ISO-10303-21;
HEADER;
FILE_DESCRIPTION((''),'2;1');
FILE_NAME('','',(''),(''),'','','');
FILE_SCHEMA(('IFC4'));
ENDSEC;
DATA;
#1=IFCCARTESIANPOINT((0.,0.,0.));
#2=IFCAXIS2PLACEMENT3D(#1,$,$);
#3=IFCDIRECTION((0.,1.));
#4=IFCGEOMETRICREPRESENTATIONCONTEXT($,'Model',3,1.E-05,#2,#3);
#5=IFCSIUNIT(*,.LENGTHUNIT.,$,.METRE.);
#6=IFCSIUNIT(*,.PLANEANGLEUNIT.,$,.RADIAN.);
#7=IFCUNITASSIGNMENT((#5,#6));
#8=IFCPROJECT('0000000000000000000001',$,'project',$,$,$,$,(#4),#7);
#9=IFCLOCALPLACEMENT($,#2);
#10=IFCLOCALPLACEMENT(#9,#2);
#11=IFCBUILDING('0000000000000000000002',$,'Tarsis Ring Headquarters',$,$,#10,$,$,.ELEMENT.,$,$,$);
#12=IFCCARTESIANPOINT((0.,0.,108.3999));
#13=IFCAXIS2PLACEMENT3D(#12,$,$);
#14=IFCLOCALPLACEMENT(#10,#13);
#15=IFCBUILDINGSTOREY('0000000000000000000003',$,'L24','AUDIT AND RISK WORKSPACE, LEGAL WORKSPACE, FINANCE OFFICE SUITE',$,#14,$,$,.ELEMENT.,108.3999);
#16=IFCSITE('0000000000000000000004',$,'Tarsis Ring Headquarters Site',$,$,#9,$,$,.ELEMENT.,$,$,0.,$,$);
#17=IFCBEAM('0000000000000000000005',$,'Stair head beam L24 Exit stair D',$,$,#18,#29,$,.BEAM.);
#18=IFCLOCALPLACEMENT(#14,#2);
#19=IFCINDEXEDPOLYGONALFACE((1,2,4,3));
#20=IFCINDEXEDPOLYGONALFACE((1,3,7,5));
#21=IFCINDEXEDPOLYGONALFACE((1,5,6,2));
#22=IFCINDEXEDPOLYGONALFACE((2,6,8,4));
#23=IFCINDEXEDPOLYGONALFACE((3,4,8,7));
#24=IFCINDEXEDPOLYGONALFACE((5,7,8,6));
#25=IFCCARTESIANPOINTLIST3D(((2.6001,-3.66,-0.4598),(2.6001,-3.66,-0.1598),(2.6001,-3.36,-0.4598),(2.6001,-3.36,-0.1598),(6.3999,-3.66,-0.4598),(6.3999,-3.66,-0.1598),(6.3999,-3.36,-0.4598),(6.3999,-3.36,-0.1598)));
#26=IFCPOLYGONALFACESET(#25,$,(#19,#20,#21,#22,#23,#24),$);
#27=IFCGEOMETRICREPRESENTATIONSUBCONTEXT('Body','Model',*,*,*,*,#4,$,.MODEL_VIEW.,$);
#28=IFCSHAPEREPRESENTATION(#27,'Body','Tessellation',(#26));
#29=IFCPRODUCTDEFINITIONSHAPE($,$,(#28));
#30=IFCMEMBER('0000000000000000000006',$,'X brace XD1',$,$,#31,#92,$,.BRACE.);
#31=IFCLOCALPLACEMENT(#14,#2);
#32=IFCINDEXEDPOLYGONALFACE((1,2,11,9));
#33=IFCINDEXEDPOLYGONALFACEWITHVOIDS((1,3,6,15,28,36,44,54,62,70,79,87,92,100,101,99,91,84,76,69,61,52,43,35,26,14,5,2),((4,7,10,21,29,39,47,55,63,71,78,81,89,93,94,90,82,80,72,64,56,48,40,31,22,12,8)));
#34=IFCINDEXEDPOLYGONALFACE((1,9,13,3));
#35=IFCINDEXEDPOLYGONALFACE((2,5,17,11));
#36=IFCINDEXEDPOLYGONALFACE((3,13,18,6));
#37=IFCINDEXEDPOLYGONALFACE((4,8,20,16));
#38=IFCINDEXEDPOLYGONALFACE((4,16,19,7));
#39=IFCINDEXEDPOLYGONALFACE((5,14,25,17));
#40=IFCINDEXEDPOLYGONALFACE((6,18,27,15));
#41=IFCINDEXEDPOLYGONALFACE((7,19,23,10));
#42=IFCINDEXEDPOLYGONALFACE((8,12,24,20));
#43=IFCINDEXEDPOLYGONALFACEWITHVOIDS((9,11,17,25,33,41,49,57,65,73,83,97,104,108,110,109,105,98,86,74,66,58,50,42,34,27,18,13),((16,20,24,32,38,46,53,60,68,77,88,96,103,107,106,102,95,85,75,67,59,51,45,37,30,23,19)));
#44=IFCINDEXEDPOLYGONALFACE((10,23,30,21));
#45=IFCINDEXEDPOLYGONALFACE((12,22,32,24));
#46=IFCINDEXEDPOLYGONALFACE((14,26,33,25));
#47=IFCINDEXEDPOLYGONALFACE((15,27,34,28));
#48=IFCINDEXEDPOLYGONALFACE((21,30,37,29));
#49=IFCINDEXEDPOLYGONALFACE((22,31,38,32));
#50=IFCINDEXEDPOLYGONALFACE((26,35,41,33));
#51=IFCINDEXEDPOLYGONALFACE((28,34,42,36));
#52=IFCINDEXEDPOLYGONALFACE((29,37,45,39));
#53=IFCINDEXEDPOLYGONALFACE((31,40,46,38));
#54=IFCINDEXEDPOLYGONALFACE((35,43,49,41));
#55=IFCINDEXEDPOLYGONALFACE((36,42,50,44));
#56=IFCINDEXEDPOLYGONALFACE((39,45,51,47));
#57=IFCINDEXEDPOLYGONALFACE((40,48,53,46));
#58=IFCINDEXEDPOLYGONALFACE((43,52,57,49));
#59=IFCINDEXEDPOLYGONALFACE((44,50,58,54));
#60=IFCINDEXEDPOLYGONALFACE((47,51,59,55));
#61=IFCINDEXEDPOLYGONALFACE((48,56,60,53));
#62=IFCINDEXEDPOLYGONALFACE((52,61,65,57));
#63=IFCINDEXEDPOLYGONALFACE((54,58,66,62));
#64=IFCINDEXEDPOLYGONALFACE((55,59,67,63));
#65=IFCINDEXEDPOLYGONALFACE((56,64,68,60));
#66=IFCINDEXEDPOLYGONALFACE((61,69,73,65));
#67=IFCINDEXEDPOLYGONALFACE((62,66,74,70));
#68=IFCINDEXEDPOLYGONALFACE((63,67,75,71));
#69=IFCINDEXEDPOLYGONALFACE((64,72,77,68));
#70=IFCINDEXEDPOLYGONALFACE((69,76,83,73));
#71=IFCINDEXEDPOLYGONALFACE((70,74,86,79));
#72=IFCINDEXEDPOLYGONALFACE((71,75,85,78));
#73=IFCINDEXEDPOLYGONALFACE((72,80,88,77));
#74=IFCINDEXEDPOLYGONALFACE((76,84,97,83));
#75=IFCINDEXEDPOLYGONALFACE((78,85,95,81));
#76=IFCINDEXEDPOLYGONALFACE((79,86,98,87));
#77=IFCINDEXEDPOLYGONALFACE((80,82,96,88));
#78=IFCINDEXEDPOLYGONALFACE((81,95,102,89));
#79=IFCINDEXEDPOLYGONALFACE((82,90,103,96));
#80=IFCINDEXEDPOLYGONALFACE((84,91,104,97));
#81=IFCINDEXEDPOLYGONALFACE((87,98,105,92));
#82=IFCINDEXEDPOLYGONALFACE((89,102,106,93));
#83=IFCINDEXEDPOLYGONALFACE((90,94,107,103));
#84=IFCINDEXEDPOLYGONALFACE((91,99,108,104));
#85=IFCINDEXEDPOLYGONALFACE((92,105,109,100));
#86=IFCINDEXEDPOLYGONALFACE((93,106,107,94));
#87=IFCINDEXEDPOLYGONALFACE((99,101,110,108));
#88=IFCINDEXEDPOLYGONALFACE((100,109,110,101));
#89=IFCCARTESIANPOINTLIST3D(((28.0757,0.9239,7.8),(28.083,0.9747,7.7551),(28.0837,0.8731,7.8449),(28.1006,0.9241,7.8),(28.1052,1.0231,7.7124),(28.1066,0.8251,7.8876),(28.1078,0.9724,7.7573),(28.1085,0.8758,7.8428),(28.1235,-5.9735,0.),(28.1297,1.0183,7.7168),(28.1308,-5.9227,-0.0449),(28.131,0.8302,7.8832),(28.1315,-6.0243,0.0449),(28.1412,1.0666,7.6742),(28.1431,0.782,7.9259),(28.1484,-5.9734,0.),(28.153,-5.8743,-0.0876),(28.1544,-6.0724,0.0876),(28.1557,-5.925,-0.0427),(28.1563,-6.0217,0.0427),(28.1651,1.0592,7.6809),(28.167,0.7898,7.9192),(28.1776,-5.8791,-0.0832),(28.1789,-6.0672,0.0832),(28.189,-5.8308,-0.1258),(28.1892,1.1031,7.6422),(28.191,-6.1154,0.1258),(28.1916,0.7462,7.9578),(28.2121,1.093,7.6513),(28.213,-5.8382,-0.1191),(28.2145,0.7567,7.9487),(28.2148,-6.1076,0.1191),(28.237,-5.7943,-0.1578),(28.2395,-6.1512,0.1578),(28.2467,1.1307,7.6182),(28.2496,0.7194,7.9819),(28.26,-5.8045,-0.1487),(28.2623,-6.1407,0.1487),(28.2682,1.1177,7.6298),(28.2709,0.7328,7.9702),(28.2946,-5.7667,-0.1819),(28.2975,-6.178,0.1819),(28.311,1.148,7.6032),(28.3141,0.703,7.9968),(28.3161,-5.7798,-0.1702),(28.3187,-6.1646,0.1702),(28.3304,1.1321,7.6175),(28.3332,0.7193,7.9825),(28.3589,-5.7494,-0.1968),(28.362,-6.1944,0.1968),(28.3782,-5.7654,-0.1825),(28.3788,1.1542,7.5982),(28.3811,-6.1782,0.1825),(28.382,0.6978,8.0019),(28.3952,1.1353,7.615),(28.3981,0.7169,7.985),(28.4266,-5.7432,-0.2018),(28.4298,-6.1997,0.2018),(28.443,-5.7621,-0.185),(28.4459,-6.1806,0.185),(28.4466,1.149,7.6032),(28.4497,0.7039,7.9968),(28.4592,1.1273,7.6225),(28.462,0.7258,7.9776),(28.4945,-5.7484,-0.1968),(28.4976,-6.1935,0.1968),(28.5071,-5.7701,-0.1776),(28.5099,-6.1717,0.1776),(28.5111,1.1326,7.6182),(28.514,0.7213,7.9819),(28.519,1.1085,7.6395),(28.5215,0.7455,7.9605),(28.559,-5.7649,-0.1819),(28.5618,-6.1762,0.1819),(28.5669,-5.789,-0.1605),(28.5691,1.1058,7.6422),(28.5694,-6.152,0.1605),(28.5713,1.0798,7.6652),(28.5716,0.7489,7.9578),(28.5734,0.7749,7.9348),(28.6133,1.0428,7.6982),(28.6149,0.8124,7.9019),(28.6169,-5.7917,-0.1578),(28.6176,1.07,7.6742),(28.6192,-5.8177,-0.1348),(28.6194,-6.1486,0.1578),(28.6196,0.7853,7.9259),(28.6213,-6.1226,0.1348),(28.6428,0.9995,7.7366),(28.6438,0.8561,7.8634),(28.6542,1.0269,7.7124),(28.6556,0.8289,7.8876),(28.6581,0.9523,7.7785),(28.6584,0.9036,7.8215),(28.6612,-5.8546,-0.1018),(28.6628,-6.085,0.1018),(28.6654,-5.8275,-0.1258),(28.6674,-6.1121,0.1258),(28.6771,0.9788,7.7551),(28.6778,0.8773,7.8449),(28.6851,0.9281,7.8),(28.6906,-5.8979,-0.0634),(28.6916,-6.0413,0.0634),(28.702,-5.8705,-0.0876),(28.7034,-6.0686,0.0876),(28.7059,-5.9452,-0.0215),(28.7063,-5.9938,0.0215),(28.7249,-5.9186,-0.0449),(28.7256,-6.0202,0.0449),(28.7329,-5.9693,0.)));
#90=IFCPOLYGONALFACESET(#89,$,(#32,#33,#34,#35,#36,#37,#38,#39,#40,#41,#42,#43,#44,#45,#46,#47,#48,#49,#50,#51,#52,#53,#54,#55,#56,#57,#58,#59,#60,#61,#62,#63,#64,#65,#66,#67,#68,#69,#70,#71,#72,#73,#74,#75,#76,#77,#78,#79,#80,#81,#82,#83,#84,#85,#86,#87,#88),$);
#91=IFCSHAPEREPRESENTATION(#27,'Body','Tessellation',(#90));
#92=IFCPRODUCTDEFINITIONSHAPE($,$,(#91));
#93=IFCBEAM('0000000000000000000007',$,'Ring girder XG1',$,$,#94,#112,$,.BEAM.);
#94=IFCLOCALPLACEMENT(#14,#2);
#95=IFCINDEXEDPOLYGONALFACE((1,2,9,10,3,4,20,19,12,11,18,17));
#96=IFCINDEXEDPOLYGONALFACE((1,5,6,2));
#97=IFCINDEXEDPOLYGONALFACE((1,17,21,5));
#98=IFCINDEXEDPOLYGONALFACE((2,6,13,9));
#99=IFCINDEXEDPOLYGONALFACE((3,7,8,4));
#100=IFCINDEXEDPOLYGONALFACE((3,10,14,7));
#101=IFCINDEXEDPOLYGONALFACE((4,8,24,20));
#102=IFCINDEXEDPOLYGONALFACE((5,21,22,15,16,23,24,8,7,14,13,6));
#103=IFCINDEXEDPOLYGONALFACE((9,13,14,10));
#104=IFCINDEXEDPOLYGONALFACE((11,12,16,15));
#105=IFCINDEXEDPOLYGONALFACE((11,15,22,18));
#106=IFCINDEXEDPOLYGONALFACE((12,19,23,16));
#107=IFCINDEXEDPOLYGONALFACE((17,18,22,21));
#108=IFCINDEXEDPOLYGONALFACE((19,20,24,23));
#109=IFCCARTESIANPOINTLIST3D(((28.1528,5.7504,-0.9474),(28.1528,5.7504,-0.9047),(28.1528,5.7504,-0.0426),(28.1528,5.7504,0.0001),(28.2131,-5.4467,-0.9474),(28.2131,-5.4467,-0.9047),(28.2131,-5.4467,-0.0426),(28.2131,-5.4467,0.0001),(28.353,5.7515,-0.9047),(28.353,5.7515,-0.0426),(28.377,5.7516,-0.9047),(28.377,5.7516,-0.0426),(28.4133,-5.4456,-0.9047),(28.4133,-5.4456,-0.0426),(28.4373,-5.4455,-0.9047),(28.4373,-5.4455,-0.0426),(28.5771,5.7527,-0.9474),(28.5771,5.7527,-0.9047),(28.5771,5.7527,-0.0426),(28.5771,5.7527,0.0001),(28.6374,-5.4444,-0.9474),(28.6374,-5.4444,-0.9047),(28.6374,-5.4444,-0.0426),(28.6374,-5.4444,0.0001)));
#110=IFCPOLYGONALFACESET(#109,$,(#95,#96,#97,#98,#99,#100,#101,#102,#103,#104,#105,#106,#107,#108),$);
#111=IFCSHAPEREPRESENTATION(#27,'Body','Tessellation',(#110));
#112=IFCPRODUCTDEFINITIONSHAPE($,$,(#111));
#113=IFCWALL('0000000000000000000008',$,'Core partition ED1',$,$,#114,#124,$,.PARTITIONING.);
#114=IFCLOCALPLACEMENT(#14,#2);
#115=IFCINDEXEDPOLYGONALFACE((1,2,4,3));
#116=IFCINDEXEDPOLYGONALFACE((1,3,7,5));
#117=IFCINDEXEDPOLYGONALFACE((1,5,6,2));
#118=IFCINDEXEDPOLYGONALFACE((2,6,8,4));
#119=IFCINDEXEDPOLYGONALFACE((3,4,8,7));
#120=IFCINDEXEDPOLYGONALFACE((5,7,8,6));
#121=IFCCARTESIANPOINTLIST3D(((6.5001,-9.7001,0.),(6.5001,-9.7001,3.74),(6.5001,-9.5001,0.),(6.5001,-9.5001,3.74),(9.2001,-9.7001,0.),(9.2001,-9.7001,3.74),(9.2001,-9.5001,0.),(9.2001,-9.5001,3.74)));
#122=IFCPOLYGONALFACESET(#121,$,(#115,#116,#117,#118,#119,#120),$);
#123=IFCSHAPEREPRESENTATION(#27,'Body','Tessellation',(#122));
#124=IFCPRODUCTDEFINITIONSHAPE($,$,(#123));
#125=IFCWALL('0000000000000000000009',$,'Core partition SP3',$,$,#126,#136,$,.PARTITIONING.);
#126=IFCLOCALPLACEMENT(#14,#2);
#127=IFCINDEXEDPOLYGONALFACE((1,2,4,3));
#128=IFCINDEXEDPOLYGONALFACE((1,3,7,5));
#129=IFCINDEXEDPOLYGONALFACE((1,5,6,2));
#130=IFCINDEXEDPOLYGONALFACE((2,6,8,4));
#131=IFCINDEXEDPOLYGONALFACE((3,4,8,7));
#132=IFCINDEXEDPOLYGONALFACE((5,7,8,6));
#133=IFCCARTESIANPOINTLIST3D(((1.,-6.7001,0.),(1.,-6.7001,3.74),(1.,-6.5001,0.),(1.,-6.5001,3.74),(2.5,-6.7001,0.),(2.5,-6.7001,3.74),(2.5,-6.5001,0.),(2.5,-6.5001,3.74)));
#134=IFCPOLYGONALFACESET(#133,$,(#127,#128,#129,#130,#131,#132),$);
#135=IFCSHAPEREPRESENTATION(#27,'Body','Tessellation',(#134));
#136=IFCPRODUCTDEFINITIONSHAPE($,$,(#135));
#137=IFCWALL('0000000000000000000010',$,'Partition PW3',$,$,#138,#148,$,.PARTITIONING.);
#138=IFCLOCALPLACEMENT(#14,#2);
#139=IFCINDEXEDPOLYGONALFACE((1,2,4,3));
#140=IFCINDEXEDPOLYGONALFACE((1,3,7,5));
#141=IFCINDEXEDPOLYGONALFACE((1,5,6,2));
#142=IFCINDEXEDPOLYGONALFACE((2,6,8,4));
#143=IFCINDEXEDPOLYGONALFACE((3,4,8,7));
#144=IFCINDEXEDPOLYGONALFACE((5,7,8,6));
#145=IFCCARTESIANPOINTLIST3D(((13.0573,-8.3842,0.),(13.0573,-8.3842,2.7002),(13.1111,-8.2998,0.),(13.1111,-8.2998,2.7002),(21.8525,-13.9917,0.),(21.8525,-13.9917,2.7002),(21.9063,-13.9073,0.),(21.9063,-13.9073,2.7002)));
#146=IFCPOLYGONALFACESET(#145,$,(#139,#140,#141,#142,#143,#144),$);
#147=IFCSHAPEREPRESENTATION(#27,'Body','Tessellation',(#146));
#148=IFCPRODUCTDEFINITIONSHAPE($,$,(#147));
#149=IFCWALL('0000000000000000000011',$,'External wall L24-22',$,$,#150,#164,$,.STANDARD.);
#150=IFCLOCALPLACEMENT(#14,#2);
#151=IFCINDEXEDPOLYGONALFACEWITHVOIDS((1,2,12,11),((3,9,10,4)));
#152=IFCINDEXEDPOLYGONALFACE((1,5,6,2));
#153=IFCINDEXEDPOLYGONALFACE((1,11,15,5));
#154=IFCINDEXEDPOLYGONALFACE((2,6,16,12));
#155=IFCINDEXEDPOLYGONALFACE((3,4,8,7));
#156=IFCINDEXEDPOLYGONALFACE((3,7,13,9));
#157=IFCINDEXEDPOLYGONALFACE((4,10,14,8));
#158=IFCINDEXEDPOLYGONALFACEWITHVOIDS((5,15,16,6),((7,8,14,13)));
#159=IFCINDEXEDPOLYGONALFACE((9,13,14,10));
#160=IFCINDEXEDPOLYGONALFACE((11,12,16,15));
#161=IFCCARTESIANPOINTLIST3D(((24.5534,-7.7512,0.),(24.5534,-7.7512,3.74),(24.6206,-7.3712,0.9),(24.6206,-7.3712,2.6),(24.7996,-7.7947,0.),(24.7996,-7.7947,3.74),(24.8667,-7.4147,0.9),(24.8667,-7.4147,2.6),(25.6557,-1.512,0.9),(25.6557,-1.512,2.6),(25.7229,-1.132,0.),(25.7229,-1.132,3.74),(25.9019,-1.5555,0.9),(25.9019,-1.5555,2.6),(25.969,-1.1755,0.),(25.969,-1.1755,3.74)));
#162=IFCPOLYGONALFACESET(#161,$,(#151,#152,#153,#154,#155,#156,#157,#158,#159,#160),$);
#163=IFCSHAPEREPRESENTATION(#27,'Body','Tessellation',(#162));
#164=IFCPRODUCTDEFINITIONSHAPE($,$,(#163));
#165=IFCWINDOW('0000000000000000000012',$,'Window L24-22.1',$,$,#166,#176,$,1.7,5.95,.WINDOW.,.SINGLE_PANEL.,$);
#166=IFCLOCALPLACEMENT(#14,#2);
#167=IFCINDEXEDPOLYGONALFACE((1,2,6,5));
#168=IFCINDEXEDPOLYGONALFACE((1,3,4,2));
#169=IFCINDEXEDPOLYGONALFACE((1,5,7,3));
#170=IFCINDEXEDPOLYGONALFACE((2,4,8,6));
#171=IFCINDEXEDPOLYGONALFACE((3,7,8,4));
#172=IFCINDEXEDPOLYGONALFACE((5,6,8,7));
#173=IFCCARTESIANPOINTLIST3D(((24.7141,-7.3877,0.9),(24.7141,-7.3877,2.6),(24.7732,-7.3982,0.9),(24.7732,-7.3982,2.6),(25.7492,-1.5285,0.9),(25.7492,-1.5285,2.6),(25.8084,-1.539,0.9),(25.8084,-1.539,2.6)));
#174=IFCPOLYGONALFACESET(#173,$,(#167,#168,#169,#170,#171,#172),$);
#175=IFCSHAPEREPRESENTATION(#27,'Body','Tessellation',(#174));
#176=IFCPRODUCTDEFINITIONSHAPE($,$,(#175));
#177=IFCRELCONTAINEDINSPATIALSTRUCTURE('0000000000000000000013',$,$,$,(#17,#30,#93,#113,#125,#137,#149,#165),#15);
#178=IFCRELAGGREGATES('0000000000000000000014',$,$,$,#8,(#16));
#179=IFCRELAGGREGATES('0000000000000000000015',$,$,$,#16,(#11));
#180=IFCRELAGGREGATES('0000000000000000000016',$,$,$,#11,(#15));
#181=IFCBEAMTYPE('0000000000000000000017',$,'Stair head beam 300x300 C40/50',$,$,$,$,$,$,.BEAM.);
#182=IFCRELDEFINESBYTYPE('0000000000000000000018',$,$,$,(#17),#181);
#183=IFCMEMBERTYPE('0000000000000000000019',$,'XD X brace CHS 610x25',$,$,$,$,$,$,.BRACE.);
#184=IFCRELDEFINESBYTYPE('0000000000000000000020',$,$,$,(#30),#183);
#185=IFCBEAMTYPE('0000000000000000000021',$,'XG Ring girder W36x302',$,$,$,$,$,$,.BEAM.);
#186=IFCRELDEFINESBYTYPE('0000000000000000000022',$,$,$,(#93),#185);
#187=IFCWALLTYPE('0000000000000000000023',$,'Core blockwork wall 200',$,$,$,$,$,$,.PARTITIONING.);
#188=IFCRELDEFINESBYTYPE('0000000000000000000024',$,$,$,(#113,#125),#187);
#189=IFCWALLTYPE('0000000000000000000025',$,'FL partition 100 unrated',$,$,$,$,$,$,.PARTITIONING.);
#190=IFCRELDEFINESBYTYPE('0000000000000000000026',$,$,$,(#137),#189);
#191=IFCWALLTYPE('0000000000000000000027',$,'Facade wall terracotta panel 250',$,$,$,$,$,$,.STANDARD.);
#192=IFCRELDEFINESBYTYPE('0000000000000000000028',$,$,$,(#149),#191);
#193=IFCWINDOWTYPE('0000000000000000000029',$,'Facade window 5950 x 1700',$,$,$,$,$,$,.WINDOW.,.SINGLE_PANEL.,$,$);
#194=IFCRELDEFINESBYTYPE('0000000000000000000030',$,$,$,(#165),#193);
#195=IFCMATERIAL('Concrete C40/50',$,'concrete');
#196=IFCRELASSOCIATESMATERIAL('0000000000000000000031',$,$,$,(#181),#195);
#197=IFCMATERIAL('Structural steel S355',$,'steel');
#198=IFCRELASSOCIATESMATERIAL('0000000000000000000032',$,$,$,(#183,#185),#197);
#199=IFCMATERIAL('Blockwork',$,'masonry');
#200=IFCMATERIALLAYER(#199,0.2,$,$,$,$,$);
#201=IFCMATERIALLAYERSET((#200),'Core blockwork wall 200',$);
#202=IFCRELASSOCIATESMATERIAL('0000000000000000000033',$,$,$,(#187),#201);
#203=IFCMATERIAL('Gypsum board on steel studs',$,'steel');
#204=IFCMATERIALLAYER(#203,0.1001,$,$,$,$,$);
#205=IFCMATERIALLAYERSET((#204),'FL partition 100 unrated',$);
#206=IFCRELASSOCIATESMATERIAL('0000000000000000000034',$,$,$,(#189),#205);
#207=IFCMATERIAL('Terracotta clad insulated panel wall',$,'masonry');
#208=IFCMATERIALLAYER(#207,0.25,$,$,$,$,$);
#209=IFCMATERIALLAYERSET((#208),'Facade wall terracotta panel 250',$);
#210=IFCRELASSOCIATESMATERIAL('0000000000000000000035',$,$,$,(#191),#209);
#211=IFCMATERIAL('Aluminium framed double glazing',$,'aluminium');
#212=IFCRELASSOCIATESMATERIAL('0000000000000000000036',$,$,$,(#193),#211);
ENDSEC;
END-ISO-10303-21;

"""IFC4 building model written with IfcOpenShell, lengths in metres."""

from ifc_helpers import new_model, si_unit, direction, frame, frame_2d, origin, origin_2d, place, context, subcontext, project, spatial, rectangle, hollow_circle, i_section, extrude, material, layer, layer_set, material_profile, profile_set, type_object, element, fill, save


model = new_model("IFC4")

# Units and contexts
model_context = context("Model", 3, precision=1e-05, world=origin(), true_north=direction((0.0, 1.0)))
body_context = subcontext(model_context, "Body", "Model", "MODEL_VIEW")
ifc_project = project(units=[si_unit("LENGTHUNIT", "METRE"), si_unit("PLANEANGLEUNIT", "RADIAN")], contexts=[model_context])

# Site, building, storey
site_placement = place(None, origin())
site = spatial("IfcSite", under=ifc_project, at=site_placement, Name="Tarsis Ring Headquarters Site", CompositionType="ELEMENT", RefElevation=0.0)
building_placement = place(site_placement, origin())
building = spatial("IfcBuilding", under=site, at=building_placement, Name="Tarsis Ring Headquarters", CompositionType="ELEMENT")
storey_placement = place(building_placement, frame((0.0, 0.0, 108.3999)))
storey = spatial("IfcBuildingStorey", under=building, at=storey_placement, Name="L24", Description="AUDIT AND RISK WORKSPACE, LEGAL WORKSPACE, FINANCE OFFICE SUITE", CompositionType="ELEMENT", Elevation=108.3999)

# Shared definitions
ifc_material_1 = material(Name="Structural steel S355", Category="steel")

# Beam
ifc_material_2 = material(Name="Concrete C40/50", Category="concrete")
ifc_material_profile_1 = material_profile(ifc_material_2, rectangle(XDim=0.3, YDim=0.3, at=origin_2d()), Name="Stair head beam 300x300 C40/50")
ifc_profile_set_1 = profile_set([ifc_material_profile_1], Name="Concrete C40/50")
beam_type_1 = type_object("IfcBeamType", Name="Stair head beam 300x300 C40/50", PredefinedType="BEAM", material=ifc_profile_set_1)
beam_1_placement = place(storey_placement, frame((2.6001, -3.51, -0.3098), z_axis=(1.0, 0.0, 0.0), x_axis=(0.0, 1.0, 0.0)))
element("IfcBeam", 1, at=beam_1_placement, inside=storey, type_object=beam_type_1, Name="Stair head beam L24 Exit stair D", PredefinedType="BEAM", context=body_context, shape_type="SweptSolid", body=[
    extrude(rectangle(XDim=0.3, YDim=0.3, at=origin_2d()), origin(), (0.0, 0.0, 1.0), 3.7998),
])

# Member
ifc_material_profile_2 = material_profile(ifc_material_1, hollow_circle(Radius=0.3047, WallThickness=0.0249, at=origin_2d()), Name="CHS 610x25")
ifc_profile_set_2 = profile_set([ifc_material_profile_2], Name="Structural steel S355")
member_type = type_object("IfcMemberType", Name="XD X brace CHS 610x25", PredefinedType="BRACE", material=ifc_profile_set_2)
member_placement = place(storey_placement, frame((28.4282, -5.9714, 0.0), z_axis=(-0.004596, 0.662428, 0.749112), x_axis=(-0.999976, -0.006937, 0.0)))
element("IfcMember", 2, at=member_placement, inside=storey, type_object=member_type, Name="X brace XD1", PredefinedType="BRACE", context=body_context, shape_type="SweptSolid", body=[
    extrude(hollow_circle(Radius=0.3047, WallThickness=0.0249, at=origin_2d()), origin(), (0.0, 0.0, 1.0), 10.4124),
])

# Beam
ifc_material_profile_3 = material_profile(ifc_material_1, i_section(OverallWidth=0.4243, OverallDepth=0.9475, WebThickness=0.0239, FlangeThickness=0.0427, at=origin_2d()), Name="W36x302")
ifc_profile_set_3 = profile_set([ifc_material_profile_3], Name="Structural steel S355")
beam_type_2 = type_object("IfcBeamType", Name="XG Ring girder W36x302", PredefinedType="BEAM", material=ifc_profile_set_3)
beam_2_placement = place(storey_placement, frame((28.4253, -5.4456, -0.4736), z_axis=(-0.005386, 0.999985, 0.0), x_axis=(-0.999985, -0.005386, 0.0)))
element("IfcBeam", 3, at=beam_2_placement, inside=storey, type_object=beam_type_2, Name="Ring girder XG1", PredefinedType="BEAM", context=body_context, shape_type="SweptSolid", body=[
    extrude(i_section(OverallWidth=0.4243, OverallDepth=0.9475, WebThickness=0.0239, FlangeThickness=0.0427, at=origin_2d()), origin(), (0.0, 0.0, 1.0), 11.1973),
])

# Walls
ifc_material_3 = material(Name="Blockwork", Category="masonry")
ifc_layer_1 = layer(ifc_material_3, 0.2)
ifc_layer_set_1 = layer_set([ifc_layer_1], Name="Core blockwork wall 200")
wall_type_1 = type_object("IfcWallType", Name="Core blockwork wall 200", PredefinedType="PARTITIONING", material=ifc_layer_set_1)
wall_1_placement = place(storey_placement, frame((6.5, -9.6001, 0.0), z_axis=(0.0, 0.0, 1.0), x_axis=(1.0, 0.0, 0.0)))
element("IfcWall", 4, at=wall_1_placement, inside=storey, type_object=wall_type_1, Name="Core partition ED1", PredefinedType="PARTITIONING", context=body_context, shape_type="SweptSolid", body=[
    extrude(rectangle(XDim=2.7, YDim=0.2, at=frame_2d((1.3501, 0.0))), origin(), (0.0, 0.0, 1.0), 3.74),
])
wall_2_placement = place(storey_placement, frame((1.0, -6.6001, 0.0), z_axis=(0.0, 0.0, 1.0), x_axis=(1.0, 0.0, 0.0)))
element("IfcWall", 5, at=wall_2_placement, inside=storey, type_object=wall_type_1, Name="Core partition SP3", PredefinedType="PARTITIONING", context=body_context, shape_type="SweptSolid", body=[
    extrude(rectangle(XDim=1.5, YDim=0.2, at=frame_2d((0.75, 0.0))), origin(), (0.0, 0.0, 1.0), 3.74),
])
ifc_material_4 = material(Name="Gypsum board on steel studs", Category="steel")
ifc_layer_2 = layer(ifc_material_4, 0.1001)
ifc_layer_set_2 = layer_set([ifc_layer_2], Name="FL partition 100 unrated")
wall_type_2 = type_object("IfcWallType", Name="FL partition 100 unrated", PredefinedType="PARTITIONING", material=ifc_layer_set_2)
wall_3_placement = place(storey_placement, frame((13.0842, -8.342, 0.0), z_axis=(0.0, 0.0, 1.0), x_axis=(0.843205, -0.537592, 0.0)))
element("IfcWall", 6, at=wall_3_placement, inside=storey, type_object=wall_type_2, Name="Partition PW3", PredefinedType="PARTITIONING", context=body_context, shape_type="SweptSolid", body=[
    extrude(rectangle(XDim=10.4307, YDim=0.1001, at=frame_2d((5.2153, 0.0))), origin(), (0.0, 0.0, 1.0), 2.7002),
])

# Wall, opening, window
ifc_material_5 = material(Name="Terracotta clad insulated panel wall", Category="masonry")
ifc_layer_3 = layer(ifc_material_5, 0.25)
ifc_layer_set_3 = layer_set([ifc_layer_3], Name="Facade wall terracotta panel 250")
wall_type_3 = type_object("IfcWallType", Name="Facade wall terracotta panel 250", PredefinedType="STANDARD", material=ifc_layer_set_3)
wall_4_placement = place(storey_placement, frame((24.6765, -7.7729, 0.0), z_axis=(0.0, 0.0, 1.0), x_axis=(0.17398, 0.984749, 0.0)))
wall_4 = element("IfcWall", 7, at=wall_4_placement, inside=storey, type_object=wall_type_3, Name="External wall L24-22", PredefinedType="STANDARD", context=body_context, shape_type="SweptSolid", body=[
    extrude(rectangle(XDim=6.7217, YDim=0.25, at=frame_2d((3.3608, 0.0))), origin(), (0.0, 0.0, 1.0), 3.74),
])
opening_1_placement = place(wall_4_placement, frame((0.3857, 0.0, 0.8999)))
opening_1 = element("IfcOpeningElement", 8, at=opening_1_placement, cuts=wall_4, PredefinedType="OPENING", context=body_context, shape_type="SweptSolid", body=[
    extrude(rectangle(XDim=5.95, YDim=1.7, at=frame_2d((2.9751, 0.8501))), frame((0.0, 0.135, 0.0), z_axis=(0.0, -1.0, 0.0), x_axis=(1.0, 0.0, 0.0)), (0.0, 0.0, 1.0), 0.27),
])
ifc_material_6 = material(Name="Aluminium framed double glazing", Category="aluminium")
window_type = type_object("IfcWindowType", Name="Facade window 5950 x 1700", PartitioningType="SINGLE_PANEL", PredefinedType="WINDOW", material=ifc_material_6)
window_1_placement = place(opening_1_placement, origin())
window_1 = element("IfcWindow", 9, at=window_1_placement, inside=storey, type_object=window_type, Name="Window L24-22.1", OverallHeight=1.7, OverallWidth=5.95, PartitioningType="SINGLE_PANEL", PredefinedType="WINDOW", context=body_context, shape_type="SweptSolid", body=[
    extrude(rectangle(XDim=5.95, YDim=1.7, at=frame_2d((2.9751, 0.8501))), frame((0.0, 0.03, 0.0), z_axis=(0.0, -1.0, 0.0), x_axis=(1.0, 0.0, 0.0)), (0.0, 0.0, 1.0), 0.0601),
])
fill(opening_1, window_1)

save(model, "model.ifc")
